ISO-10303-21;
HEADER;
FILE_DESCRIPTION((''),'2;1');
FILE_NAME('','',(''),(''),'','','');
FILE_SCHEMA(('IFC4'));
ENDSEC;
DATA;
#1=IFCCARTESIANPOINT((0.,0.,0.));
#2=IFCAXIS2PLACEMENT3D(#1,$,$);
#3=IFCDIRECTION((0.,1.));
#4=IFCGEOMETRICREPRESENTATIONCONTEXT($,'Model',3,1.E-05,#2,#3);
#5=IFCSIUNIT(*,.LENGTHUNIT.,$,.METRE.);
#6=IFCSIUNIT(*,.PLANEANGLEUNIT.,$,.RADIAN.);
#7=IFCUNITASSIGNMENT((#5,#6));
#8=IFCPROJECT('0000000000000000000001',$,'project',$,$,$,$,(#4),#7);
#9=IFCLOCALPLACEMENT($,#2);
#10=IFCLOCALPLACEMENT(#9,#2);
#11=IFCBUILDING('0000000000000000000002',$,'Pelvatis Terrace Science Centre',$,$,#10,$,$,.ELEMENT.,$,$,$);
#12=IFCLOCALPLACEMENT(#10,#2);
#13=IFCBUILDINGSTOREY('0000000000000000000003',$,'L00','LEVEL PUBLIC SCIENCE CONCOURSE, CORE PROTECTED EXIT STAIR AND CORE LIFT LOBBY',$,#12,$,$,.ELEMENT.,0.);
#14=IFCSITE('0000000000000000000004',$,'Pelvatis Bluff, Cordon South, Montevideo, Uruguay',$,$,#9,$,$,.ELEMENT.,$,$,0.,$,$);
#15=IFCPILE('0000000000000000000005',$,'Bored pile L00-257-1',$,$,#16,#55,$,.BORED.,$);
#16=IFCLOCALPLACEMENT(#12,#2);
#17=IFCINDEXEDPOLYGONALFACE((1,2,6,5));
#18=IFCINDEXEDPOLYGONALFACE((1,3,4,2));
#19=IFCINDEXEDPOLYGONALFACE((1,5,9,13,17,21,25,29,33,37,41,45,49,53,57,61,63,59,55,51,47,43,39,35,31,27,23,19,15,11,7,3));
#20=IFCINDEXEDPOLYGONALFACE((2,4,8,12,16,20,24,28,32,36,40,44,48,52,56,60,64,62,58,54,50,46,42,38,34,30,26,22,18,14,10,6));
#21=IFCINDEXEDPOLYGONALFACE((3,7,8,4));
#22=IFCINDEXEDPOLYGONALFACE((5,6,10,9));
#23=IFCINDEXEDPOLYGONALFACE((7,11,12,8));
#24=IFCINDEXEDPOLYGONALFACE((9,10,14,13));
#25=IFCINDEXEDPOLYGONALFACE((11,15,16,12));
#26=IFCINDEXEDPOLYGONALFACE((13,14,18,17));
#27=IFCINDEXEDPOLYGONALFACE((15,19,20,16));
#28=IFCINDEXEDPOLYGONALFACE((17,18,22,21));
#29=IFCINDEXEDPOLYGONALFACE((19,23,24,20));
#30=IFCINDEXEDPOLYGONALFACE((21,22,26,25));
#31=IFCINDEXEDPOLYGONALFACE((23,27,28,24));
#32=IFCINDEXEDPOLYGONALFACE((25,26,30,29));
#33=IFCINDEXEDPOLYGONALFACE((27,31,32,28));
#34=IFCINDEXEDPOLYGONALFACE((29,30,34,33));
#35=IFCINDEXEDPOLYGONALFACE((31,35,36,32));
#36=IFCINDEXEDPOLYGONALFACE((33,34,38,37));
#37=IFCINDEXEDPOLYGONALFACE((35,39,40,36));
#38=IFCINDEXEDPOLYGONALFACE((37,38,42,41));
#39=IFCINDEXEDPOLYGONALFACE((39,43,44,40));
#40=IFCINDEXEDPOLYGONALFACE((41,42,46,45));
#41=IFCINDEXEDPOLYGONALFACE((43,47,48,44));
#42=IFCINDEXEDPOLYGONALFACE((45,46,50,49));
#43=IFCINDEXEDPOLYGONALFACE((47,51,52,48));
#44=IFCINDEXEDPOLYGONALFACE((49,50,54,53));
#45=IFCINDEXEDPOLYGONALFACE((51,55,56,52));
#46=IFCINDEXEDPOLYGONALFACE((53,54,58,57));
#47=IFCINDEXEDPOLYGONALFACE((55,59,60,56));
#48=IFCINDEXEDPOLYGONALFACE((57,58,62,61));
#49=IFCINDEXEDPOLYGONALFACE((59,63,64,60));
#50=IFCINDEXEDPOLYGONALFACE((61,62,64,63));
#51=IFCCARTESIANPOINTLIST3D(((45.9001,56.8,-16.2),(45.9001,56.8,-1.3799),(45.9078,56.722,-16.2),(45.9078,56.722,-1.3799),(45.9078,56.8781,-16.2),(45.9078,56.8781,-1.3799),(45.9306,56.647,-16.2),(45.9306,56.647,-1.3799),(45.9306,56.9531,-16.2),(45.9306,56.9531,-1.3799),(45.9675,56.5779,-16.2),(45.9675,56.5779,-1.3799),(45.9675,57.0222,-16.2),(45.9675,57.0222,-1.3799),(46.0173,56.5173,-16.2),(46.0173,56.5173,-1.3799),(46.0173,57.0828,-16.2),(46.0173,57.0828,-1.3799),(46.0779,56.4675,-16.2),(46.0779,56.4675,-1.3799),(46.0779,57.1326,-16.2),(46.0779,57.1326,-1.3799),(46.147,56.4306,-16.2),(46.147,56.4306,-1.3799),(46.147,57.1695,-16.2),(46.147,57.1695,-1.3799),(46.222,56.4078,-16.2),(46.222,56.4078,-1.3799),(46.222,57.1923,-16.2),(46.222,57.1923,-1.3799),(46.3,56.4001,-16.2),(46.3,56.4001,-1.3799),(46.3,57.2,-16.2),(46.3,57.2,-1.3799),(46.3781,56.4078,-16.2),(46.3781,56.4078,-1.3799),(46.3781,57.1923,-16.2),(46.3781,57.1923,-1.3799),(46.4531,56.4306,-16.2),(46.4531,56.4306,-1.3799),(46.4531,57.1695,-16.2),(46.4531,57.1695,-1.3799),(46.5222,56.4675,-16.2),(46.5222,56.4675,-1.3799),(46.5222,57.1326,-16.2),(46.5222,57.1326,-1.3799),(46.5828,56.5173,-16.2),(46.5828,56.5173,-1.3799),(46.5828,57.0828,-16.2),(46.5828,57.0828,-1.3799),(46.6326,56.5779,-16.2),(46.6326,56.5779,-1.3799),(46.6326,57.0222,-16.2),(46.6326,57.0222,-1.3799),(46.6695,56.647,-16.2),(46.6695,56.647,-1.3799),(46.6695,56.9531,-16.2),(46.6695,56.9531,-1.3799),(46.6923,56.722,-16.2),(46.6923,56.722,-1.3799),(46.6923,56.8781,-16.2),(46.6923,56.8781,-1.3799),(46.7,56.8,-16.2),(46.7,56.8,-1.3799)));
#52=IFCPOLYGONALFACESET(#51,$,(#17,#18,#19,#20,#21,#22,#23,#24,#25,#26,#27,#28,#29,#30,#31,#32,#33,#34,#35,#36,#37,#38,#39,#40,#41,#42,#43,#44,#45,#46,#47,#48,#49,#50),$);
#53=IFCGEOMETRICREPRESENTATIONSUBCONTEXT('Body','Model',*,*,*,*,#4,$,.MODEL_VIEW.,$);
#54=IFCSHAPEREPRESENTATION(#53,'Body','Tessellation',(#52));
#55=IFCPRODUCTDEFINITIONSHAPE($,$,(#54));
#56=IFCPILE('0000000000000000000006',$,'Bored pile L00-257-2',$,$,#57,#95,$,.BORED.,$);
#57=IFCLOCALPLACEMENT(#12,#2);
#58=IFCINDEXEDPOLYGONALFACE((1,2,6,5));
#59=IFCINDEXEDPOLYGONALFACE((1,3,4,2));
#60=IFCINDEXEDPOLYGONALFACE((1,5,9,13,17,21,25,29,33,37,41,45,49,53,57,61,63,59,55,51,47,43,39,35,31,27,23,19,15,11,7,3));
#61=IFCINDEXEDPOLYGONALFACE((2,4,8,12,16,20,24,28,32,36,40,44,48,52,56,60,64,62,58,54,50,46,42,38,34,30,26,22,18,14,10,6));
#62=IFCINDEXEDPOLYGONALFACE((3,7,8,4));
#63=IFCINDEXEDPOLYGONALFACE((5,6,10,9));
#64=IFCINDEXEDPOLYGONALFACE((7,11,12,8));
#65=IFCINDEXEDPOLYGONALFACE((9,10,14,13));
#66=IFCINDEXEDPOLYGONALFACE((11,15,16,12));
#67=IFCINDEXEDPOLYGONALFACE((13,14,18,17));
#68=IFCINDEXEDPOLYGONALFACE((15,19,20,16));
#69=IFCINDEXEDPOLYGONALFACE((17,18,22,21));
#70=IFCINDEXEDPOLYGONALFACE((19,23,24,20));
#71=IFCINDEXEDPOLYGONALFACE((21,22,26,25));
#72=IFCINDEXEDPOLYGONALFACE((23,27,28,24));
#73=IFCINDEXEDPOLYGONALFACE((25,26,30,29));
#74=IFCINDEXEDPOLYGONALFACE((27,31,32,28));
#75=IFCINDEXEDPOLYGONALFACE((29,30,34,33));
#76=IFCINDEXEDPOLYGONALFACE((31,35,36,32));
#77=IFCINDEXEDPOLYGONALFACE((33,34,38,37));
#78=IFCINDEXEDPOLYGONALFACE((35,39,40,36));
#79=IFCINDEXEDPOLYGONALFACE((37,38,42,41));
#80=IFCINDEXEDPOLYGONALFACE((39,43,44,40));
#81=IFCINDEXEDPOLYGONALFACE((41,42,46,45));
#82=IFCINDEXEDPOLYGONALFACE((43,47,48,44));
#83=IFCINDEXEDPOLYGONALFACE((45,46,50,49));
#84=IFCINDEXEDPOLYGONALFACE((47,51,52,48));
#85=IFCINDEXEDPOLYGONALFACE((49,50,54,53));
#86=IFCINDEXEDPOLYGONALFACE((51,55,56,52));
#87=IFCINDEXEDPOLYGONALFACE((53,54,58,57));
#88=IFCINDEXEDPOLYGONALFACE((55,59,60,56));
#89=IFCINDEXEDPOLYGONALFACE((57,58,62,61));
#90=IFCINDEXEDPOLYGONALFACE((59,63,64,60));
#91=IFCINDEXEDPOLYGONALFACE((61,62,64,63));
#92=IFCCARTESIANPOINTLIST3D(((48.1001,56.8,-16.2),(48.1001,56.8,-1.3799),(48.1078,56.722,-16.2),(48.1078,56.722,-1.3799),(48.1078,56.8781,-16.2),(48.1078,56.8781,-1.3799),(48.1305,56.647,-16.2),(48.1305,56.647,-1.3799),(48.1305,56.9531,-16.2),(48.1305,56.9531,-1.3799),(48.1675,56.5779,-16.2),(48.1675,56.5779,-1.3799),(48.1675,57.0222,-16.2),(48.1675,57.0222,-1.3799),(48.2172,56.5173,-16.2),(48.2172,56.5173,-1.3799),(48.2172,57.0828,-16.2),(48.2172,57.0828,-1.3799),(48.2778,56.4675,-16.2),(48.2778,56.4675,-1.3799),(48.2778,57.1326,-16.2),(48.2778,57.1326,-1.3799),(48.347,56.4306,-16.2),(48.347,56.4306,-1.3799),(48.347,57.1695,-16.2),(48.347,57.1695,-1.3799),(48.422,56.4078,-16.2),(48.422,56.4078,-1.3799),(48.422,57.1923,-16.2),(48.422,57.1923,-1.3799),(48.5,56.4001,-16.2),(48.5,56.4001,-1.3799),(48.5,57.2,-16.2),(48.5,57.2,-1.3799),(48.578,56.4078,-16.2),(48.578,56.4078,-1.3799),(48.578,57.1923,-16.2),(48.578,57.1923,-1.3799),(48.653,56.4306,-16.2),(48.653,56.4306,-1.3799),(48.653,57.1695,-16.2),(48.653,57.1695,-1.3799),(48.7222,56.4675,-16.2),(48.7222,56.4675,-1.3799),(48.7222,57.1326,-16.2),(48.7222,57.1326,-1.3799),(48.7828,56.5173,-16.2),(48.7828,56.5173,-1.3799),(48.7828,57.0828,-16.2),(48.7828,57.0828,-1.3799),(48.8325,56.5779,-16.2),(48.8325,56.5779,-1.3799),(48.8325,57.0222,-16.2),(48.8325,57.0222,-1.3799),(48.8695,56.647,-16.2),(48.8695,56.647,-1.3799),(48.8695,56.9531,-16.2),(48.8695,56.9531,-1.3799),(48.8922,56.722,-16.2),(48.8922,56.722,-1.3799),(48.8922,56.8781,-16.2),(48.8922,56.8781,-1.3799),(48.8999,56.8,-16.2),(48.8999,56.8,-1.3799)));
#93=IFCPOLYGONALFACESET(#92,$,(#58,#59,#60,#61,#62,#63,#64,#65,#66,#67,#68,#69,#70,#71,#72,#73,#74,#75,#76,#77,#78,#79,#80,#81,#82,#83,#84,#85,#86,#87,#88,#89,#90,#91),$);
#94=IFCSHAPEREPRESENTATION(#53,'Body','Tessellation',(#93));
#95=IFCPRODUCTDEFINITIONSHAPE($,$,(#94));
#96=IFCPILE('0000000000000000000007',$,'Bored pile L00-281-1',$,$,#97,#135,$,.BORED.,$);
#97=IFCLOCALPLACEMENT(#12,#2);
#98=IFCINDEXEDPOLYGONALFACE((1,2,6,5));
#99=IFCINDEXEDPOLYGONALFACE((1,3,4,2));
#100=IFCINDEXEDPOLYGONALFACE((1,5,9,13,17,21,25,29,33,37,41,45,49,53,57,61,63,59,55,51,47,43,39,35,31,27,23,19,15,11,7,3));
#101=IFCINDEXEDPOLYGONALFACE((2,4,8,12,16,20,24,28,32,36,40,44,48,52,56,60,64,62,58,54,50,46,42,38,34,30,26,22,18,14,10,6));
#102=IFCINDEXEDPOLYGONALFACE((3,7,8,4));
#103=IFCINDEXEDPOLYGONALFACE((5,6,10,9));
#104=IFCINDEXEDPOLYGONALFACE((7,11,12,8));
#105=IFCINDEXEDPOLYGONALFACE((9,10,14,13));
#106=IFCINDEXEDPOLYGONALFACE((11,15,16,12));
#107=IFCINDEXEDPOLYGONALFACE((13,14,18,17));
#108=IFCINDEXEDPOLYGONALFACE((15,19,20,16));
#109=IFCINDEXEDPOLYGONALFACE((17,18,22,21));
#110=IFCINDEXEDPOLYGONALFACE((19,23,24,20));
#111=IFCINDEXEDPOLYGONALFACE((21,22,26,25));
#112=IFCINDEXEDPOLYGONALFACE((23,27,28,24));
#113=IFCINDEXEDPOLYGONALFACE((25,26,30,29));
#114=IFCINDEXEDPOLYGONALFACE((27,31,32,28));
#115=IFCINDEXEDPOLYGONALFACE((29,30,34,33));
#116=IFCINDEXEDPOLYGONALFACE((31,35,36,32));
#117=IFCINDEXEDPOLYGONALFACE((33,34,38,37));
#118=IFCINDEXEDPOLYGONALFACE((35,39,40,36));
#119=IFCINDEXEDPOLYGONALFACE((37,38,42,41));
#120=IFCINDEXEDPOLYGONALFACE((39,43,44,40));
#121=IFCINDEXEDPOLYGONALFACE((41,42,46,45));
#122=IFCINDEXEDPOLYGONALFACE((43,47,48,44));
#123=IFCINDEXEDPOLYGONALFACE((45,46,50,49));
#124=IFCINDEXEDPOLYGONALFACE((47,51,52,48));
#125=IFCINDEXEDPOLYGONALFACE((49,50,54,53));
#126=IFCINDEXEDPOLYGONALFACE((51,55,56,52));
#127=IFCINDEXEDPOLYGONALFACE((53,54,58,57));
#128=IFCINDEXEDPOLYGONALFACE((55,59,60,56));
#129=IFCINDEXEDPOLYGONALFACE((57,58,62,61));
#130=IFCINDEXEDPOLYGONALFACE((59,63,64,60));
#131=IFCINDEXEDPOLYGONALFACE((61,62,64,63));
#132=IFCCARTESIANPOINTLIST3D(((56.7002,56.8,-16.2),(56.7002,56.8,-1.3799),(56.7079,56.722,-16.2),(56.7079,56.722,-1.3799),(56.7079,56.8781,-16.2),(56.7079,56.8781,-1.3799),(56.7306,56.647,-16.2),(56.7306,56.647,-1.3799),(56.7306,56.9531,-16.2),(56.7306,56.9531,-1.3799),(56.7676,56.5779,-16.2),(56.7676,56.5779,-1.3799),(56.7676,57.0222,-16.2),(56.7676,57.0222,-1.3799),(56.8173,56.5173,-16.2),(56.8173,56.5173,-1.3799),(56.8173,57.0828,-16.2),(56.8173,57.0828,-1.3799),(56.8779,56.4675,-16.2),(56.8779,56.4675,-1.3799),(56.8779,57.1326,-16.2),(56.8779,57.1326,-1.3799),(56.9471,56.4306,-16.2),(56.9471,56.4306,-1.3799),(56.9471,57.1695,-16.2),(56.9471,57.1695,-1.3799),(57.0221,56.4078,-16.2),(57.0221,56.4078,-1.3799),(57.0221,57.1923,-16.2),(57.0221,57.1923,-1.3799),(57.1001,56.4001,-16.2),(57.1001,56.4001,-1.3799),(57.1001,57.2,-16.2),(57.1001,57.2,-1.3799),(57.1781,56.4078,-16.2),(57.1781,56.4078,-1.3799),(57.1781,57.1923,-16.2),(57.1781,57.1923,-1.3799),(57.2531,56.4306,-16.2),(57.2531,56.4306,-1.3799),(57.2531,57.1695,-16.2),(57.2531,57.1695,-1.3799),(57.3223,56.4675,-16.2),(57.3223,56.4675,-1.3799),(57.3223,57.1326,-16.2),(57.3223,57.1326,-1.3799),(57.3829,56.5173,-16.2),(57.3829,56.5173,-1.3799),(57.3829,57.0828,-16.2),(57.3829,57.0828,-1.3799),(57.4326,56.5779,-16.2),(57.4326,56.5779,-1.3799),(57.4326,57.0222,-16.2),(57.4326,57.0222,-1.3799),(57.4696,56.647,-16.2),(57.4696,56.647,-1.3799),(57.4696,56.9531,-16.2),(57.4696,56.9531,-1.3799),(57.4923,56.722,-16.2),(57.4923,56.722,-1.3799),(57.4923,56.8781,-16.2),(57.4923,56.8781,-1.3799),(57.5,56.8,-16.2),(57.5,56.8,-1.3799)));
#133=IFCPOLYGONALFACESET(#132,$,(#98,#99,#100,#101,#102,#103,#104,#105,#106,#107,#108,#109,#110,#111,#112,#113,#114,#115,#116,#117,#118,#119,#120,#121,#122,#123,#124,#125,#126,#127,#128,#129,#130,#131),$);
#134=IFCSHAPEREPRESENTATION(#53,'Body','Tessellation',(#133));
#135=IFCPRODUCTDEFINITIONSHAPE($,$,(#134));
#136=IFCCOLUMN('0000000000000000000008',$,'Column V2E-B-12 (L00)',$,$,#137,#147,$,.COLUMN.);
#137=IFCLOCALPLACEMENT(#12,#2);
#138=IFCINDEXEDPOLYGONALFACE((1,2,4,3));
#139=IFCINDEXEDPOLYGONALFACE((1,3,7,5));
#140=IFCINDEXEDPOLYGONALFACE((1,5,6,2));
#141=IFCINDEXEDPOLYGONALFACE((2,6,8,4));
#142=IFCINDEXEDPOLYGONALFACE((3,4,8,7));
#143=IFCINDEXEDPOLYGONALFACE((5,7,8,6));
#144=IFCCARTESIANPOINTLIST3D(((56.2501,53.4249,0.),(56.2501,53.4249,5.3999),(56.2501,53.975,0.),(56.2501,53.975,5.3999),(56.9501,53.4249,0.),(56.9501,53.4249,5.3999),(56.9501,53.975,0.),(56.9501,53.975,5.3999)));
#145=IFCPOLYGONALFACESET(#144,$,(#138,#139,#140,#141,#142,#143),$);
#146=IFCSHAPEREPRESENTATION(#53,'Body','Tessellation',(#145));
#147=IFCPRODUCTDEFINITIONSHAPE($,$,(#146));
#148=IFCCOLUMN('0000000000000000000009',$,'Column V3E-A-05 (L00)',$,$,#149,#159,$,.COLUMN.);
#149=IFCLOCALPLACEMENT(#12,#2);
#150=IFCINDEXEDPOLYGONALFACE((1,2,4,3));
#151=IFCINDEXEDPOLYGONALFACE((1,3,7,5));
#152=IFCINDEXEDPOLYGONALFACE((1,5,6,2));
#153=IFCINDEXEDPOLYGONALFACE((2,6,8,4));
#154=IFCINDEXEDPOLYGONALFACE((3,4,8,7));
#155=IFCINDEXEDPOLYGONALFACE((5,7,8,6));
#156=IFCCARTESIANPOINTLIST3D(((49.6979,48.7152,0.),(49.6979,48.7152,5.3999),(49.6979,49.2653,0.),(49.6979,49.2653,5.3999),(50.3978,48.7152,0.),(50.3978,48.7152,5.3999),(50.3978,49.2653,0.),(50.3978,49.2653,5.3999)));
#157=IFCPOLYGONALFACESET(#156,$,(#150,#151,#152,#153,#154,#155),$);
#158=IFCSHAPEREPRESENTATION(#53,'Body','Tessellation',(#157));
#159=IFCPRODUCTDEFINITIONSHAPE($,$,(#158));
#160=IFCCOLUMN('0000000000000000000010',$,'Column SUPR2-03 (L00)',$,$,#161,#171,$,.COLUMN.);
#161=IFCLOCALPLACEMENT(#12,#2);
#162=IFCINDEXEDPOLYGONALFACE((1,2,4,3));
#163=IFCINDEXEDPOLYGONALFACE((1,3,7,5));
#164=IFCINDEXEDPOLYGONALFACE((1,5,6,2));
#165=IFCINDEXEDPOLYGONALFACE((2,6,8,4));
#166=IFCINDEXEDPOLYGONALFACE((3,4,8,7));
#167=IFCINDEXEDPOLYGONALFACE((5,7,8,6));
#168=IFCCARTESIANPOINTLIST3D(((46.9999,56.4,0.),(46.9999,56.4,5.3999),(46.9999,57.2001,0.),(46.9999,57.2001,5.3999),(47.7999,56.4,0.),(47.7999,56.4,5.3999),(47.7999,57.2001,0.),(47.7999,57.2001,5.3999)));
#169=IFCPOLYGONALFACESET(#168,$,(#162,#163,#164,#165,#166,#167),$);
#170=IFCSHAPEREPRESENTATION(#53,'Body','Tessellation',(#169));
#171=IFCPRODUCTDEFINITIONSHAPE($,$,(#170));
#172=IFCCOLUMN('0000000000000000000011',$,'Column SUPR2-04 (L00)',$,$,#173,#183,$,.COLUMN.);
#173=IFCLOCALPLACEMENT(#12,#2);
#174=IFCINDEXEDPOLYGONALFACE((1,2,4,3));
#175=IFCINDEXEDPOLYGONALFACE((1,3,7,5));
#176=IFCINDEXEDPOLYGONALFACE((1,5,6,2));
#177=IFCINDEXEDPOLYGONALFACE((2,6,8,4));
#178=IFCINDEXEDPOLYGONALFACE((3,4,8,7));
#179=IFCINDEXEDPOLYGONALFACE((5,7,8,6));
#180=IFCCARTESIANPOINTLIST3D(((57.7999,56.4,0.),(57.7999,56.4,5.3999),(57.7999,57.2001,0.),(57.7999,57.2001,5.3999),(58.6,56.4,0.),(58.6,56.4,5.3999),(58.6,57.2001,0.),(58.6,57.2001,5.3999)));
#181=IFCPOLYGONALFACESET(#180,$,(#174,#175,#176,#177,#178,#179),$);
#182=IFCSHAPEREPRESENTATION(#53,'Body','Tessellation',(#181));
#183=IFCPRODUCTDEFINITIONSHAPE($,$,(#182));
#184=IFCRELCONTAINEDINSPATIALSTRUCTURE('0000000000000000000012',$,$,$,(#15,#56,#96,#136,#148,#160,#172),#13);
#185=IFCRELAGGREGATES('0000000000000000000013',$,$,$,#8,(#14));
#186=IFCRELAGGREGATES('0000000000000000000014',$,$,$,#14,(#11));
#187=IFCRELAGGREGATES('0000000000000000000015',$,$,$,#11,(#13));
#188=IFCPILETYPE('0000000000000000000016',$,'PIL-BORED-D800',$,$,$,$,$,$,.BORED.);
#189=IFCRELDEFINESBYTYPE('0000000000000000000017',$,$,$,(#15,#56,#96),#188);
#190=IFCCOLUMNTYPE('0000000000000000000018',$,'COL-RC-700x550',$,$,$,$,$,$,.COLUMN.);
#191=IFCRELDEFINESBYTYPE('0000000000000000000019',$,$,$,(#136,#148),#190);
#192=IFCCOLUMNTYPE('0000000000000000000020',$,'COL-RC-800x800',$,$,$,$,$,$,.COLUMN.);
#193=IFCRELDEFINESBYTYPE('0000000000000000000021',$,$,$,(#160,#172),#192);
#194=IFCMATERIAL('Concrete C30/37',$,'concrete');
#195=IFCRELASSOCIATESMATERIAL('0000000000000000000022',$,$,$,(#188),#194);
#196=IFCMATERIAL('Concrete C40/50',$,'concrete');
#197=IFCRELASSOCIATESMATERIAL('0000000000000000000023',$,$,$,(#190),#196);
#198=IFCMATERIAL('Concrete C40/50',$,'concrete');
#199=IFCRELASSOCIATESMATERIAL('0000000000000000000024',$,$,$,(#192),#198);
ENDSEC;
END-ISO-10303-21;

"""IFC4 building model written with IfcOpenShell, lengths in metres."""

from ifc_helpers import new_model, si_unit, direction, frame, origin, origin_2d, place, context, subcontext, project, spatial, rectangle, circle, extrude, material, material_profile, profile_set, type_object, element, save


model = new_model("IFC4")

# Units and contexts
model_context = context("Model", 3, precision=1e-05, world=origin(), true_north=direction((0.0, 1.0)))
body_context = subcontext(model_context, "Body", "Model", "MODEL_VIEW")
ifc_project = project(units=[si_unit("LENGTHUNIT", "METRE"), si_unit("PLANEANGLEUNIT", "RADIAN")], contexts=[model_context])

# Site, building, storey
site_placement = place(None, origin())
site = spatial("IfcSite", under=ifc_project, at=site_placement, Name="Pelvatis Bluff, Cordon South, Montevideo, Uruguay", CompositionType="ELEMENT", RefElevation=0.0)
building_placement = place(site_placement, origin())
building = spatial("IfcBuilding", under=site, at=building_placement, Name="Pelvatis Terrace Science Centre", CompositionType="ELEMENT")
storey_placement = place(building_placement, origin())
storey = spatial("IfcBuildingStorey", under=building, at=storey_placement, Name="L00", Description="LEVEL PUBLIC SCIENCE CONCOURSE, CORE PROTECTED EXIT STAIR AND CORE LIFT LOBBY", CompositionType="ELEMENT", Elevation=0.0)

# Piles
ifc_material_1 = material(Name="Concrete C30/37", Category="concrete")
ifc_material_profile_1 = material_profile(ifc_material_1, circle(Radius=0.3999, at=origin_2d()), Name="PILE D800")
ifc_profile_set_1 = profile_set([ifc_material_profile_1], Name="Concrete C30/37")
pile_type = type_object("IfcPileType", Name="PIL-BORED-D800", PredefinedType="BORED", material=ifc_profile_set_1)
for number, where, z_axis, x_axis, name in (
    (1, (46.3, 56.8, -1.3799), (0.0, 0.0, -1.0), (1.0, 0.0, 0.0), "Bored pile L00-257-1"),
    (2, (48.5, 56.8, -1.3799), (0.0, 0.0, -1.0), (1.0, 0.0, 0.0), "Bored pile L00-257-2"),
    (3, (57.1001, 56.8, -1.3799), (0.0, 0.0, -1.0), (1.0, 0.0, 0.0), "Bored pile L00-281-1"),
):
    element("IfcPile", number, at=place(storey_placement, frame(where, z_axis=z_axis, x_axis=x_axis)), inside=storey, type_object=pile_type, Name=name, PredefinedType="BORED", context=body_context, shape_type="SweptSolid", body=[
        extrude(circle(Radius=0.3999, at=origin_2d()), origin(), (0.0, 0.0, 1.0), 14.8201),
    ])

# Columns
ifc_material_2 = material(Name="Concrete C40/50", Category="concrete")
ifc_material_profile_2 = material_profile(ifc_material_2, rectangle(XDim=0.7, YDim=0.55, at=origin_2d()), Name="RC-COL 700x550")
ifc_profile_set_2 = profile_set([ifc_material_profile_2], Name="Concrete C40/50")
column_type_1 = type_object("IfcColumnType", Name="COL-RC-700x550", PredefinedType="COLUMN", material=ifc_profile_set_2)
for number, where, z_axis, x_axis, name in (
    (4, (56.6001, 53.7, 0.0), (0.0, 0.0, 1.0), (1.0, 0.0, 0.0), "Column V2E-B-12 (L00)"),
    (5, (50.0479, 48.9902, 0.0), (0.0, 0.0, 1.0), (1.0, 0.0, 0.0), "Column V3E-A-05 (L00)"),
):
    element("IfcColumn", number, at=place(storey_placement, frame(where, z_axis=z_axis, x_axis=x_axis)), inside=storey, type_object=column_type_1, Name=name, PredefinedType="COLUMN", context=body_context, shape_type="SweptSolid", body=[
        extrude(rectangle(XDim=0.7, YDim=0.55, at=origin_2d()), origin(), (0.0, 0.0, 1.0), 5.3999),
    ])
ifc_material_3 = material(Name="Concrete C40/50", Category="concrete")
ifc_material_profile_3 = material_profile(ifc_material_3, rectangle(XDim=0.8, YDim=0.8, at=origin_2d()), Name="RC-COL 800x800")
ifc_profile_set_3 = profile_set([ifc_material_profile_3], Name="Concrete C40/50")
column_type_2 = type_object("IfcColumnType", Name="COL-RC-800x800", PredefinedType="COLUMN", material=ifc_profile_set_3)
for number, where, z_axis, x_axis, name in (
    (6, (47.3999, 56.8, 0.0), (0.0, 0.0, 1.0), (1.0, 0.0, 0.0), "Column SUPR2-03 (L00)"),
    (7, (58.2, 56.8, 0.0), (0.0, 0.0, 1.0), (1.0, 0.0, 0.0), "Column SUPR2-04 (L00)"),
):
    element("IfcColumn", number, at=place(storey_placement, frame(where, z_axis=z_axis, x_axis=x_axis)), inside=storey, type_object=column_type_2, Name=name, PredefinedType="COLUMN", context=body_context, shape_type="SweptSolid", body=[
        extrude(rectangle(XDim=0.8, YDim=0.8, at=origin_2d()), origin(), (0.0, 0.0, 1.0), 5.3999),
    ])

save(model, "model.ifc")
